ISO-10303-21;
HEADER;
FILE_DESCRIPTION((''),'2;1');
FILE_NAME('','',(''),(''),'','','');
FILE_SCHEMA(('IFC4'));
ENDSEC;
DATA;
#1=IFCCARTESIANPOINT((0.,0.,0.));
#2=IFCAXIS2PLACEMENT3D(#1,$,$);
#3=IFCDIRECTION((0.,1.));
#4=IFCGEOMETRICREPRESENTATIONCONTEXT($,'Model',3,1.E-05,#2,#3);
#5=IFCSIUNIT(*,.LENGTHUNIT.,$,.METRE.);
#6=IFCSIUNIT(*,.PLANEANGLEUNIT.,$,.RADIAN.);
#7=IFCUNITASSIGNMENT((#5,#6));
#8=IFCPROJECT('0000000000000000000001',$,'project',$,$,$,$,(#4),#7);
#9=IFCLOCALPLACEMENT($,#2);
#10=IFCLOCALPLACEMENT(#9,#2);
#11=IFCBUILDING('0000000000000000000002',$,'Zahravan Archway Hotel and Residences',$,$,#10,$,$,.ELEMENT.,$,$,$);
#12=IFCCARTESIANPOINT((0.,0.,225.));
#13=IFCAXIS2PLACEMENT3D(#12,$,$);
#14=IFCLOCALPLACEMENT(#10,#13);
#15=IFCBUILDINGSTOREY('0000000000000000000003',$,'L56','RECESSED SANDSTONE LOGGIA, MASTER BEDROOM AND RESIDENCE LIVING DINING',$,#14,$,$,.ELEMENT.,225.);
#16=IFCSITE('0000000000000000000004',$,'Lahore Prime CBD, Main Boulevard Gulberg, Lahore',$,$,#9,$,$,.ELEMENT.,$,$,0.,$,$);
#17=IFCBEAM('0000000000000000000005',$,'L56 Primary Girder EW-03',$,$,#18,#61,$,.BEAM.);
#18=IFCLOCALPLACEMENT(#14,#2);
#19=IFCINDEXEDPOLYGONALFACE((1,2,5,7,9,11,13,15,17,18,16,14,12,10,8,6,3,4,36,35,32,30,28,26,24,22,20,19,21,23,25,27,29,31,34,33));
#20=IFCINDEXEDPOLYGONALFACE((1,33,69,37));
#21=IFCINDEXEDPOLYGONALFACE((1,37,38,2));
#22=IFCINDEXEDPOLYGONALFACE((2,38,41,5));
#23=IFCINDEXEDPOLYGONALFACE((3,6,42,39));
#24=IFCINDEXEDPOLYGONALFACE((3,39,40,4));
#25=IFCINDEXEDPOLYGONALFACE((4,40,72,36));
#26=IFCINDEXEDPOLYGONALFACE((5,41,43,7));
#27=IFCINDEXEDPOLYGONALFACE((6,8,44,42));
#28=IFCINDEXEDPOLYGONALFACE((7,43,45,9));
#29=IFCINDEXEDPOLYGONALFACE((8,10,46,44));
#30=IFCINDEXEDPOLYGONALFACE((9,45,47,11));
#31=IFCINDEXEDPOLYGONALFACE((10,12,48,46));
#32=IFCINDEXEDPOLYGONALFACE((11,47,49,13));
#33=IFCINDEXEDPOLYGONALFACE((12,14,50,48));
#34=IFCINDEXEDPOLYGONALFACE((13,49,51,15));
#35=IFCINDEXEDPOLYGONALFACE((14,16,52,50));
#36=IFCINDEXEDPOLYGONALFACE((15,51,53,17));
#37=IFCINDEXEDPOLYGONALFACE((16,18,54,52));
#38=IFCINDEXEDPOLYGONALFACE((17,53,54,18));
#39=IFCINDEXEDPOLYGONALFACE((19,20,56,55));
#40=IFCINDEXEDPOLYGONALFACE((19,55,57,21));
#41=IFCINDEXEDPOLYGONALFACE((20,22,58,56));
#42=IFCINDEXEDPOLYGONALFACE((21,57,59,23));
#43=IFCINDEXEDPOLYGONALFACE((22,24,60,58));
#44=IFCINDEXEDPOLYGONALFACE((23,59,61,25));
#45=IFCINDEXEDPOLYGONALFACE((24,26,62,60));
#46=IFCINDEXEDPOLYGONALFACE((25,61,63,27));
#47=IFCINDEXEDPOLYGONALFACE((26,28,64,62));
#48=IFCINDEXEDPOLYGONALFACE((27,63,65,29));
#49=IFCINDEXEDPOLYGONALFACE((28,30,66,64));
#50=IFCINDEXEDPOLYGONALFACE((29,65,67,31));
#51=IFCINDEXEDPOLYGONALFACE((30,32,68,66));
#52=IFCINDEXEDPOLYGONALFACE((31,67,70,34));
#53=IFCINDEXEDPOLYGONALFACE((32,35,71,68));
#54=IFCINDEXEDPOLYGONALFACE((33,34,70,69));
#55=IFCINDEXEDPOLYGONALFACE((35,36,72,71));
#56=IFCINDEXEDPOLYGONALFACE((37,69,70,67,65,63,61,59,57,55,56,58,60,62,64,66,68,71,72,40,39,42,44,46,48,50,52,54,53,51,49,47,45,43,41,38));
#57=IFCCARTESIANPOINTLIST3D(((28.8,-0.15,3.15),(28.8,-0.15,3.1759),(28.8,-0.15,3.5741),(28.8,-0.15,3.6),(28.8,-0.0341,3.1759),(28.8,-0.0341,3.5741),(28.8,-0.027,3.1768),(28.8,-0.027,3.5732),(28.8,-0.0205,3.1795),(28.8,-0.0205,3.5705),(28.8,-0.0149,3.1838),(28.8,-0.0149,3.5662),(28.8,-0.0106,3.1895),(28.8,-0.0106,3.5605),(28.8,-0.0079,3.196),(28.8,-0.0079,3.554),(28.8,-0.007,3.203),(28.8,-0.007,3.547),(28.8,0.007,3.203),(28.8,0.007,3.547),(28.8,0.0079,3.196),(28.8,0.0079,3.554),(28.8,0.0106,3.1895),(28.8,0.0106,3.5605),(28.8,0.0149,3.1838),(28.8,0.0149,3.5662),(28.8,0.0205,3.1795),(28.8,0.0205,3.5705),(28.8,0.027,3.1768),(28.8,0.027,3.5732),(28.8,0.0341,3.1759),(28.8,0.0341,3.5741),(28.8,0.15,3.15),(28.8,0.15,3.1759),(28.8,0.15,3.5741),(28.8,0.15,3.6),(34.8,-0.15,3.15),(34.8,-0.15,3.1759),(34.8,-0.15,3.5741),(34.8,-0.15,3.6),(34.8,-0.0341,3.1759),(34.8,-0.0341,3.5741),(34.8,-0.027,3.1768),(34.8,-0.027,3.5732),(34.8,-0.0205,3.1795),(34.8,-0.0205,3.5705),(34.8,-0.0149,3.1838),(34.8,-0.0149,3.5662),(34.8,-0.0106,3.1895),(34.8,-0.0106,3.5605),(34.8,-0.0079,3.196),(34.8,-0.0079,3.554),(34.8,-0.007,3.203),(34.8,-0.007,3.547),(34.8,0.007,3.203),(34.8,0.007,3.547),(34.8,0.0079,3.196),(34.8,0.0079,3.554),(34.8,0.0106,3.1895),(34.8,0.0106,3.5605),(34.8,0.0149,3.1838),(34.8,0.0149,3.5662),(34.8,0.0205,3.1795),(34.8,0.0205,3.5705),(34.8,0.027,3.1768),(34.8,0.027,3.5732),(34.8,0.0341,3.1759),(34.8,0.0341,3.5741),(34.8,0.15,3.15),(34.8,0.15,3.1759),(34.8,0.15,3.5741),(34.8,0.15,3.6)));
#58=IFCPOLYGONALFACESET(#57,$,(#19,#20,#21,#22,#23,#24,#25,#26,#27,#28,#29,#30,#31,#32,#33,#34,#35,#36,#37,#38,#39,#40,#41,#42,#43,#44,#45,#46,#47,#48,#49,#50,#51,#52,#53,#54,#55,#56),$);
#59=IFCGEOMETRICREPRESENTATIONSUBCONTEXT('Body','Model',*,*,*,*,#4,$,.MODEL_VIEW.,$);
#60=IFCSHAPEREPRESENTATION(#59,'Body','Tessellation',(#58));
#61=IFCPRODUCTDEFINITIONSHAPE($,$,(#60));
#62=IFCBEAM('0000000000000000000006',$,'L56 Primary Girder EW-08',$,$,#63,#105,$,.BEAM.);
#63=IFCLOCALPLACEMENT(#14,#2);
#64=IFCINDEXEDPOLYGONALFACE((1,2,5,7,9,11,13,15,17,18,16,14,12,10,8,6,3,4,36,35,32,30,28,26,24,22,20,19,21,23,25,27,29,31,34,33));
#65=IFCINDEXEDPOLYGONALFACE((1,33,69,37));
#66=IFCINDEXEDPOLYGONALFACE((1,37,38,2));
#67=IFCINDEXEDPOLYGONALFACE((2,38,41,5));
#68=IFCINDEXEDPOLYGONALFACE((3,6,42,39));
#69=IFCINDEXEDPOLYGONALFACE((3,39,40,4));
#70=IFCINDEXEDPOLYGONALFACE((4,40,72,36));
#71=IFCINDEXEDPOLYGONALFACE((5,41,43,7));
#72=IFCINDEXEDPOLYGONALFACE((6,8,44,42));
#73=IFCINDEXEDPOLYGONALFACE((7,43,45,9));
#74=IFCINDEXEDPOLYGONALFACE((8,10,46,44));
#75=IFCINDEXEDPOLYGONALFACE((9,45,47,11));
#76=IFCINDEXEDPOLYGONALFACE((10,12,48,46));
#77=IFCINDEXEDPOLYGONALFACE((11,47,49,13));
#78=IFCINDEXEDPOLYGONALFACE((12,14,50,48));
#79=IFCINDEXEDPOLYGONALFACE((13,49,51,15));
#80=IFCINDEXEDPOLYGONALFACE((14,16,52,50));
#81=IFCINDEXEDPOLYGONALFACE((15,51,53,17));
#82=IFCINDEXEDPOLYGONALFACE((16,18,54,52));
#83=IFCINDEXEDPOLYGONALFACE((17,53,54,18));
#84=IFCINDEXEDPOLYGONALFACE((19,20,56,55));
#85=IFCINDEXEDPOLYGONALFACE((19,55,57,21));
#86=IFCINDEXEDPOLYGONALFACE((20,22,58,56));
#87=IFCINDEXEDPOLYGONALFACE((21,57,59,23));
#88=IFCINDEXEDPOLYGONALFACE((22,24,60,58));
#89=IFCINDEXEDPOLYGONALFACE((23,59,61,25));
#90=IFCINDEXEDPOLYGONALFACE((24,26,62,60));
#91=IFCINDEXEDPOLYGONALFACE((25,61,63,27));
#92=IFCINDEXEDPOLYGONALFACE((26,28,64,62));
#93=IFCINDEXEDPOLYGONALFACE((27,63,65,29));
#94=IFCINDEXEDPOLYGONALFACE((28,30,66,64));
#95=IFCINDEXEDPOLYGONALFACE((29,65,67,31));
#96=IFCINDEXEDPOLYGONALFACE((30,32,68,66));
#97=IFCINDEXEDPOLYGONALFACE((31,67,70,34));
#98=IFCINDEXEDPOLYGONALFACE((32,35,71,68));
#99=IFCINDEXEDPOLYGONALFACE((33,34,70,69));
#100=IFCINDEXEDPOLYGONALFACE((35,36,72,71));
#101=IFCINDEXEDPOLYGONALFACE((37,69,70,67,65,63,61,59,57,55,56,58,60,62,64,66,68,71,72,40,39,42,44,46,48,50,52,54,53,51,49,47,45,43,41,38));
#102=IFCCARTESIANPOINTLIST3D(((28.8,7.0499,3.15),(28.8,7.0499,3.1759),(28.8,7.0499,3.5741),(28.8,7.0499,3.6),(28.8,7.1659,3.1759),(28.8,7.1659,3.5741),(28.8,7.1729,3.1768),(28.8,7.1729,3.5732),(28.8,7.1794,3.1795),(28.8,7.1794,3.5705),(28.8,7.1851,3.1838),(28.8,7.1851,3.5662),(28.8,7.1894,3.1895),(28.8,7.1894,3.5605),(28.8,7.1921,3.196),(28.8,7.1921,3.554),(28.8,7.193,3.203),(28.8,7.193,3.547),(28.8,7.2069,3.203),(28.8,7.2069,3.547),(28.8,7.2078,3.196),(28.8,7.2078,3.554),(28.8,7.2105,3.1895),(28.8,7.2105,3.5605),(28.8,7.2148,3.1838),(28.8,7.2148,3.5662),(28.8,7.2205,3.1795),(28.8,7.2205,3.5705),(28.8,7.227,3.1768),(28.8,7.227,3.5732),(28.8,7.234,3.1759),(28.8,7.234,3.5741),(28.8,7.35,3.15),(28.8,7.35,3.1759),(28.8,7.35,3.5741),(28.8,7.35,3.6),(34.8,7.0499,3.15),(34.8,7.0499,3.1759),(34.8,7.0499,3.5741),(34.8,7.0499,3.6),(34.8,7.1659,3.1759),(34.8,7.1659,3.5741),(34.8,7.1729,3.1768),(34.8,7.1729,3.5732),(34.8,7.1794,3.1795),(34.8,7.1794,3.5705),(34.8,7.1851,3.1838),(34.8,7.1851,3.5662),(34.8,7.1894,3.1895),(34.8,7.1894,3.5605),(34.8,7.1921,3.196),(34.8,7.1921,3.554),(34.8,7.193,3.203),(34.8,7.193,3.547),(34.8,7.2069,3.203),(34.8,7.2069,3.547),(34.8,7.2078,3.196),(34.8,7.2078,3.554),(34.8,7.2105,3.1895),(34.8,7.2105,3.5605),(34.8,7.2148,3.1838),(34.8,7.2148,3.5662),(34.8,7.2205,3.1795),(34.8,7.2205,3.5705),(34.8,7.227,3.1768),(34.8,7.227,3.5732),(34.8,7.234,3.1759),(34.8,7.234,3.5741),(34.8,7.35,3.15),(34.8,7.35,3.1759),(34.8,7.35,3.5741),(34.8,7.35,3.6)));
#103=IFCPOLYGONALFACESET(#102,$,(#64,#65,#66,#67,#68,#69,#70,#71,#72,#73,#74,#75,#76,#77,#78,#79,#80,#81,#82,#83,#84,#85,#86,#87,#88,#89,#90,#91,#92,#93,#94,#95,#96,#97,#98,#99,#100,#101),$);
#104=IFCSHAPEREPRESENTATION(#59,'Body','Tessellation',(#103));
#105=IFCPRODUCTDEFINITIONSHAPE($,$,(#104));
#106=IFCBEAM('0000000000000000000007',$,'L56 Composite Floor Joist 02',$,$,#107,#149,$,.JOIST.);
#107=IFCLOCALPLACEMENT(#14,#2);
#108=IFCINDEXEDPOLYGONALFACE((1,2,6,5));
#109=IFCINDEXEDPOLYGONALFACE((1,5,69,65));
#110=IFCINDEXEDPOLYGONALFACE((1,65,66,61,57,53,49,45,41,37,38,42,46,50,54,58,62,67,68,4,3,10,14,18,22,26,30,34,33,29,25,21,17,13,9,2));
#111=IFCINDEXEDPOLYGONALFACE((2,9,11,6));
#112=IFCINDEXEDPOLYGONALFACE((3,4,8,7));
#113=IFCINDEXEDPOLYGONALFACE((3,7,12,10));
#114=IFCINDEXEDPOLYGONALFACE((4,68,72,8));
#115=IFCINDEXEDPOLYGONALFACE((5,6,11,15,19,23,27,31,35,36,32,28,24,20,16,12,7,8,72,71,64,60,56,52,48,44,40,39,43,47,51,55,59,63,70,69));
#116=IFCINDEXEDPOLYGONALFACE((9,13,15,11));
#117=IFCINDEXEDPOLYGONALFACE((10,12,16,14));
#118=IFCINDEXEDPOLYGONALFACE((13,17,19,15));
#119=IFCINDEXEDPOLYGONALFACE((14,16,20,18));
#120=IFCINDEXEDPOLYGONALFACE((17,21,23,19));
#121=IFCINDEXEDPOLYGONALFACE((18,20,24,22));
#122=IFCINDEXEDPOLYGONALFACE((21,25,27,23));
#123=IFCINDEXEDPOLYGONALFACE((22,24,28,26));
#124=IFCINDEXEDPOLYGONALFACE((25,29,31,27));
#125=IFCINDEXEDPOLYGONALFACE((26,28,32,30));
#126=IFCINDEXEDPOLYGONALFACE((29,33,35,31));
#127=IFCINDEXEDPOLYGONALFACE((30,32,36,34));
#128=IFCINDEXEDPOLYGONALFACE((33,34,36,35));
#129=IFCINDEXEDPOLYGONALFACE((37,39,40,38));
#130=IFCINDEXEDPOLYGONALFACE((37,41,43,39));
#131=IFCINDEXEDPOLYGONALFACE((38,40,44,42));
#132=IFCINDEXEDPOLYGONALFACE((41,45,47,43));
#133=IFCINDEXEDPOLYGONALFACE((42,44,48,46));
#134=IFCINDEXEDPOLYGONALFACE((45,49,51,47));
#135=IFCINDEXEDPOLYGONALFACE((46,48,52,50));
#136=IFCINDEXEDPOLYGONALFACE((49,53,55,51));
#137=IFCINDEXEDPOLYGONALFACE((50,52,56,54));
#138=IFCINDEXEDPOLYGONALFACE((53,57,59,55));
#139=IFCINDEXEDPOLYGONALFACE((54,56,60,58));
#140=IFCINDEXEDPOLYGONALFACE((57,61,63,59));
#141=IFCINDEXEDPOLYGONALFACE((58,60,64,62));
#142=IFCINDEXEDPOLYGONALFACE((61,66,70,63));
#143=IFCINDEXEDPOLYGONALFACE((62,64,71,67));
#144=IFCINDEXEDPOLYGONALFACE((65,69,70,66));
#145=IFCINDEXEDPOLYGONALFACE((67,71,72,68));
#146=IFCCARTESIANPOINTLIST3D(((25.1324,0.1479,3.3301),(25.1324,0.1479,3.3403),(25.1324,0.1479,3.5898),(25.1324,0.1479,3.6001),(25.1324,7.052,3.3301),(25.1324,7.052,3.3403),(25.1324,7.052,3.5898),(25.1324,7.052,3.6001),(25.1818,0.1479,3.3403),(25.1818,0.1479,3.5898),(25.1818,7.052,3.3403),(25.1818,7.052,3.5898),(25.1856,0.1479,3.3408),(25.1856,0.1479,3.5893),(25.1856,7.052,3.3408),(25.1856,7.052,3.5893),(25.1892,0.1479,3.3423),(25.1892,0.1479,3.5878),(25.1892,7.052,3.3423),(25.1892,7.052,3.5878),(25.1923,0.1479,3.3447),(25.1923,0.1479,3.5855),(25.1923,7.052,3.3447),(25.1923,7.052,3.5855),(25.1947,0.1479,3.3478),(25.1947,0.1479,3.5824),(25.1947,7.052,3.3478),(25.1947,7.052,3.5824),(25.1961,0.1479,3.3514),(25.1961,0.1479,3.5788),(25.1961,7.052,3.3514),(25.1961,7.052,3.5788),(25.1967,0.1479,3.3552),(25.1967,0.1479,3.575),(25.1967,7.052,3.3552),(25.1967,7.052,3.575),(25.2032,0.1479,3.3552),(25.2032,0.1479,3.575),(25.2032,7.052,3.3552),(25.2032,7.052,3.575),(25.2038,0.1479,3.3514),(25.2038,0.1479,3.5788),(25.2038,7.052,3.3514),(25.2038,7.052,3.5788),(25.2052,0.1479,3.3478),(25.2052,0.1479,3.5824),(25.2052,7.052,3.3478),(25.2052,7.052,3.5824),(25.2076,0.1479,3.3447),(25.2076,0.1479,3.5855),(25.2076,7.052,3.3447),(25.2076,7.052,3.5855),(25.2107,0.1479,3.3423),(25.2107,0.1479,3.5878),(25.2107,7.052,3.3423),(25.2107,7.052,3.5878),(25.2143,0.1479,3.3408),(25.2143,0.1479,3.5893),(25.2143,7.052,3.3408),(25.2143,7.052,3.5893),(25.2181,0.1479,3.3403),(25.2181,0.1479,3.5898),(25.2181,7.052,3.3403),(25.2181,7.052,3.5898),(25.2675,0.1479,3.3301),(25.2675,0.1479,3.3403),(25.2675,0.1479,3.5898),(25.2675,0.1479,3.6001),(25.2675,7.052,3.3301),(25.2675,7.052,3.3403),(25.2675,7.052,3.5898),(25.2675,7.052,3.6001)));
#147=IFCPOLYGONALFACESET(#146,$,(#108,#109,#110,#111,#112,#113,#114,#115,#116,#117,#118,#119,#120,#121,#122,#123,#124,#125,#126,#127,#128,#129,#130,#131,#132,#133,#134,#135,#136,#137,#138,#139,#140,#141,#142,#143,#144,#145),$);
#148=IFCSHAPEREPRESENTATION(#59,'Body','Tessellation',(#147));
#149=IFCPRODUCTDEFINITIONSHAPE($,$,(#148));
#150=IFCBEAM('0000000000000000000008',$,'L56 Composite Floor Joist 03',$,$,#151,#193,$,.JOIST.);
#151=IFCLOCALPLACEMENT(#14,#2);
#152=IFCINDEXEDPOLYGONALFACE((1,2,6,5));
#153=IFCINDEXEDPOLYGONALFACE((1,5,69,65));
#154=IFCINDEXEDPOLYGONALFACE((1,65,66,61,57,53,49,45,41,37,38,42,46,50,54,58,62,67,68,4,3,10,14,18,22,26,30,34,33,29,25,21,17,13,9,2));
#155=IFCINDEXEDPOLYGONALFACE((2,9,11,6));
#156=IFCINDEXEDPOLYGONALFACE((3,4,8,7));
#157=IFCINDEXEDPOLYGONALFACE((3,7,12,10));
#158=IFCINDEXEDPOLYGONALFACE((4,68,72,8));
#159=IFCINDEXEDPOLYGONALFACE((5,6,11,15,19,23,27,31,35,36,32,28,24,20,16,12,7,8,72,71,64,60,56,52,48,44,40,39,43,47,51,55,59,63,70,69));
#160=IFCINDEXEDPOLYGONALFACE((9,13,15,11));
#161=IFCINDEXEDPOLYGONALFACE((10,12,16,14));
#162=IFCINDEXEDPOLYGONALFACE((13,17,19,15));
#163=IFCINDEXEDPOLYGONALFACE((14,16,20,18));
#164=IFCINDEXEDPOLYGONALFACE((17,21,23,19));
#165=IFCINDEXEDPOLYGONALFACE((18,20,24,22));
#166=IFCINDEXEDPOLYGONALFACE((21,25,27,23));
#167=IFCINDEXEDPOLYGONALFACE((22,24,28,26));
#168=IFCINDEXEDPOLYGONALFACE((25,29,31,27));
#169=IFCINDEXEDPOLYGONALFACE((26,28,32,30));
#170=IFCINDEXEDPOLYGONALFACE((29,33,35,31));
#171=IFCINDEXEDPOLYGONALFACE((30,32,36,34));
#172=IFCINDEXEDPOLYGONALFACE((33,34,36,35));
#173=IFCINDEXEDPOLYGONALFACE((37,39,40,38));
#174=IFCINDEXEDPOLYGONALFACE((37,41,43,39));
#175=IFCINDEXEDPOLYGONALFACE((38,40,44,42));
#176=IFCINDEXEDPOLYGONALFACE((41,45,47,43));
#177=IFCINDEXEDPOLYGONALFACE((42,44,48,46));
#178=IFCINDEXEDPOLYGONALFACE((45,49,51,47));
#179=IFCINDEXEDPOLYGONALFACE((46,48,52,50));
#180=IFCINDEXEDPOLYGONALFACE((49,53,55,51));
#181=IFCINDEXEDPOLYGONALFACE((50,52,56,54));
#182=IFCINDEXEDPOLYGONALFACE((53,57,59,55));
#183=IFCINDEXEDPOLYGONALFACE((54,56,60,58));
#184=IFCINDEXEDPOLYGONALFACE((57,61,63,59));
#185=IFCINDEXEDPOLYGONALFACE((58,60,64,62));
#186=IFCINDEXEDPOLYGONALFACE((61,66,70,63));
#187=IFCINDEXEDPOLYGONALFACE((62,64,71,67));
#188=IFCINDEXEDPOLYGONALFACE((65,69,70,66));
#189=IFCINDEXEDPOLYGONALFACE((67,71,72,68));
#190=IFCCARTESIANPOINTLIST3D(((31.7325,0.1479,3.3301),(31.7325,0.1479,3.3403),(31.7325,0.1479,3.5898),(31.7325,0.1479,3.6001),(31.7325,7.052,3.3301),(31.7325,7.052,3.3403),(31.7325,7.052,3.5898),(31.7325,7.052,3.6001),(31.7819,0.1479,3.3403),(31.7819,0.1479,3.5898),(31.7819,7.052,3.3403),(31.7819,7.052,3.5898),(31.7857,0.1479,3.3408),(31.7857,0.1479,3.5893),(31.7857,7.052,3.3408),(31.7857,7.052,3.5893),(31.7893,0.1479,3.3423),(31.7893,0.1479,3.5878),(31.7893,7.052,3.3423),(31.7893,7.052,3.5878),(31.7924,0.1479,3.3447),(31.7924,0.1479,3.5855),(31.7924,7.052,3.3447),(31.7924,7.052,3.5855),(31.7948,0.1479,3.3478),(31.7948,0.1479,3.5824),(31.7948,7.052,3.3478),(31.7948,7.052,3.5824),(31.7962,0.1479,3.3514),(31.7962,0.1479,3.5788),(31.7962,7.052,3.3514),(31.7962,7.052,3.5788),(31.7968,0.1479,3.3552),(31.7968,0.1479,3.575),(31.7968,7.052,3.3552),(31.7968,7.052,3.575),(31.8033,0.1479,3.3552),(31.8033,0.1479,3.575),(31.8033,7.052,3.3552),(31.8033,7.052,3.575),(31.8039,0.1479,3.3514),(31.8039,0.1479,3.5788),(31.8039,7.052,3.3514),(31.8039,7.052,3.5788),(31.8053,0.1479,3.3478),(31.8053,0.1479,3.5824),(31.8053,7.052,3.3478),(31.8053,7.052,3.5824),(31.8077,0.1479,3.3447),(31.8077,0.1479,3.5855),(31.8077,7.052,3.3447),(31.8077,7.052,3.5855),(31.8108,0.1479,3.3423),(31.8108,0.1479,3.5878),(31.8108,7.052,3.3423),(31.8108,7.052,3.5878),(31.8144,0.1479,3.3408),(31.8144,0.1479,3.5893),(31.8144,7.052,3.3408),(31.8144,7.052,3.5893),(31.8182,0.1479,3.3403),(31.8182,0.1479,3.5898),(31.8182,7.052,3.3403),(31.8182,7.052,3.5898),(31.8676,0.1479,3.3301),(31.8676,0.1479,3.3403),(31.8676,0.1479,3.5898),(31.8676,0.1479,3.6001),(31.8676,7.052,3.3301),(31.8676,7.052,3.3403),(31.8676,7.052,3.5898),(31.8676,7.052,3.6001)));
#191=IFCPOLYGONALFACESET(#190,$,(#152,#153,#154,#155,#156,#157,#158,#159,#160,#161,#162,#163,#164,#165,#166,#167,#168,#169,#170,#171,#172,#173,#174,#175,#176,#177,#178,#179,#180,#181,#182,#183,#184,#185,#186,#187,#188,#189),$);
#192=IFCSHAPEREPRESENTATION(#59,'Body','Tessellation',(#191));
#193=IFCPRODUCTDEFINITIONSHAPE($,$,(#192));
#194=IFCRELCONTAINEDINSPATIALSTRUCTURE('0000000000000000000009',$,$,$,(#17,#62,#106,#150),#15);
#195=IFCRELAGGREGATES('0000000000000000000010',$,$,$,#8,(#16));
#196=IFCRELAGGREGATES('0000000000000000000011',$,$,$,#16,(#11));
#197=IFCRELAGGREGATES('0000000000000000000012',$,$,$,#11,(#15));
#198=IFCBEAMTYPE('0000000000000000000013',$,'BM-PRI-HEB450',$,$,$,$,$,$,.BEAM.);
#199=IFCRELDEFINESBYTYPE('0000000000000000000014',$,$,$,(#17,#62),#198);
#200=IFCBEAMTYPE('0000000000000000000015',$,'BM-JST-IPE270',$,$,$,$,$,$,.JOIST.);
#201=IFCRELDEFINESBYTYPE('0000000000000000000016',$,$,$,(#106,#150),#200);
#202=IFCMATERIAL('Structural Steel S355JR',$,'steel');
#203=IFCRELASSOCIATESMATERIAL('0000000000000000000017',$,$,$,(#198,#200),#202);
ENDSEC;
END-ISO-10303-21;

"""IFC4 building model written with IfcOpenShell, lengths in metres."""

from ifc_helpers import new_model, si_unit, direction, frame, origin, origin_2d, place, context, subcontext, project, spatial, i_section, extrude, source, transform, mapped, material, material_profile, profile_set, type_object, type_shapes, element, save


model = new_model("IFC4")

# Units and contexts
model_context = context("Model", 3, precision=1e-05, world=origin(), true_north=direction((0.0, 1.0)))
body_context = subcontext(model_context, "Body", "Model", "MODEL_VIEW")
ifc_project = project(units=[si_unit("LENGTHUNIT", "METRE"), si_unit("PLANEANGLEUNIT", "RADIAN")], contexts=[model_context])

# Site, building, storey
site_placement = place(None, origin())
site = spatial("IfcSite", under=ifc_project, at=site_placement, Name="Lahore Prime CBD, Main Boulevard Gulberg, Lahore", CompositionType="ELEMENT", RefElevation=0.0)
building_placement = place(site_placement, origin())
building = spatial("IfcBuilding", under=site, at=building_placement, Name="Zahravan Archway Hotel and Residences", CompositionType="ELEMENT")
storey_placement = place(building_placement, frame((0.0, 0.0, 225.0)))
storey = spatial("IfcBuildingStorey", under=building, at=storey_placement, Name="L56", Description="RECESSED SANDSTONE LOGGIA, MASTER BEDROOM AND RESIDENCE LIVING DINING", CompositionType="ELEMENT", Elevation=225.0)

# Beams
ifc_material_1 = material(Name="Structural Steel S355JR", Category="steel")
ifc_material_profile_1 = material_profile(ifc_material_1, i_section(OverallWidth=0.3, OverallDepth=0.45, WebThickness=0.0139, FlangeThickness=0.0259, FilletRadius=0.0271, at=origin_2d()), Name="HEB 450", Category="steel")
ifc_profile_set_1 = profile_set([ifc_material_profile_1], Name="Structural Steel S355JR")
beam_type_1 = type_object("IfcBeamType", Name="BM-PRI-HEB450", PredefinedType="BEAM", material=ifc_profile_set_1)
shared_shape_1 = source(origin(), body_context, "Body", "SweptSolid", [
    extrude(i_section(OverallWidth=0.3, OverallDepth=0.45, WebThickness=0.0139, FlangeThickness=0.0259, FilletRadius=0.0271, at=origin_2d()), origin(), (0.0, 0.0, 1.0), 6.0),
])
for number, where, z_axis, x_axis, name in (
    (1, (28.8, 0.0, 3.375), (1.0, 0.0, 0.0), (0.0, 1.0, 0.0), "L56 Primary Girder EW-03"),
    (2, (28.8, 7.2, 3.375), (1.0, 0.0, 0.0), (0.0, 1.0, 0.0), "L56 Primary Girder EW-08"),
):
    element("IfcBeam", number, at=place(storey_placement, frame(where, z_axis=z_axis, x_axis=x_axis)), inside=storey, type_object=beam_type_1, Name=name, PredefinedType="BEAM", context=body_context, shape_type="MappedRepresentation", body=[
        mapped(shared_shape_1, transform((0.0, 0.0, 0.0), scale=1.0)),
    ])
ifc_material_profile_2 = material_profile(ifc_material_1, i_section(OverallWidth=0.135, OverallDepth=0.27, WebThickness=0.0066, FlangeThickness=0.0103, FilletRadius=0.0149, at=origin_2d()), Name="IPE 270", Category="steel")
ifc_profile_set_2 = profile_set([ifc_material_profile_2], Name="Structural Steel S355JR")
beam_type_2 = type_object("IfcBeamType", Name="BM-JST-IPE270", PredefinedType="JOIST", material=ifc_profile_set_2)
shared_shape_2 = source(origin(), body_context, "Body", "SweptSolid", [
    extrude(i_section(OverallWidth=0.135, OverallDepth=0.27, WebThickness=0.0066, FlangeThickness=0.0103, FilletRadius=0.0149, at=origin_2d()), origin(), (0.0, 0.0, 1.0), 6.9041),
])
type_shapes(beam_type_2, [shared_shape_2])
for number, where, z_axis, x_axis, name in (
    (3, (25.2, 0.1479, 3.4651), (0.0, 1.0, 0.0), (-1.0, 0.0, 0.0), "L56 Composite Floor Joist 02"),
    (4, (31.8, 0.1479, 3.4651), (0.0, 1.0, 0.0), (-1.0, 0.0, 0.0), "L56 Composite Floor Joist 03"),
):
    element("IfcBeam", number, at=place(storey_placement, frame(where, z_axis=z_axis, x_axis=x_axis)), inside=storey, type_object=beam_type_2, Name=name, PredefinedType="JOIST", context=body_context, shape_type="MappedRepresentation", body=[
        mapped(shared_shape_2, transform((0.0, 0.0, 0.0), scale=1.0)),
    ])

save(model, "model.ifc")
